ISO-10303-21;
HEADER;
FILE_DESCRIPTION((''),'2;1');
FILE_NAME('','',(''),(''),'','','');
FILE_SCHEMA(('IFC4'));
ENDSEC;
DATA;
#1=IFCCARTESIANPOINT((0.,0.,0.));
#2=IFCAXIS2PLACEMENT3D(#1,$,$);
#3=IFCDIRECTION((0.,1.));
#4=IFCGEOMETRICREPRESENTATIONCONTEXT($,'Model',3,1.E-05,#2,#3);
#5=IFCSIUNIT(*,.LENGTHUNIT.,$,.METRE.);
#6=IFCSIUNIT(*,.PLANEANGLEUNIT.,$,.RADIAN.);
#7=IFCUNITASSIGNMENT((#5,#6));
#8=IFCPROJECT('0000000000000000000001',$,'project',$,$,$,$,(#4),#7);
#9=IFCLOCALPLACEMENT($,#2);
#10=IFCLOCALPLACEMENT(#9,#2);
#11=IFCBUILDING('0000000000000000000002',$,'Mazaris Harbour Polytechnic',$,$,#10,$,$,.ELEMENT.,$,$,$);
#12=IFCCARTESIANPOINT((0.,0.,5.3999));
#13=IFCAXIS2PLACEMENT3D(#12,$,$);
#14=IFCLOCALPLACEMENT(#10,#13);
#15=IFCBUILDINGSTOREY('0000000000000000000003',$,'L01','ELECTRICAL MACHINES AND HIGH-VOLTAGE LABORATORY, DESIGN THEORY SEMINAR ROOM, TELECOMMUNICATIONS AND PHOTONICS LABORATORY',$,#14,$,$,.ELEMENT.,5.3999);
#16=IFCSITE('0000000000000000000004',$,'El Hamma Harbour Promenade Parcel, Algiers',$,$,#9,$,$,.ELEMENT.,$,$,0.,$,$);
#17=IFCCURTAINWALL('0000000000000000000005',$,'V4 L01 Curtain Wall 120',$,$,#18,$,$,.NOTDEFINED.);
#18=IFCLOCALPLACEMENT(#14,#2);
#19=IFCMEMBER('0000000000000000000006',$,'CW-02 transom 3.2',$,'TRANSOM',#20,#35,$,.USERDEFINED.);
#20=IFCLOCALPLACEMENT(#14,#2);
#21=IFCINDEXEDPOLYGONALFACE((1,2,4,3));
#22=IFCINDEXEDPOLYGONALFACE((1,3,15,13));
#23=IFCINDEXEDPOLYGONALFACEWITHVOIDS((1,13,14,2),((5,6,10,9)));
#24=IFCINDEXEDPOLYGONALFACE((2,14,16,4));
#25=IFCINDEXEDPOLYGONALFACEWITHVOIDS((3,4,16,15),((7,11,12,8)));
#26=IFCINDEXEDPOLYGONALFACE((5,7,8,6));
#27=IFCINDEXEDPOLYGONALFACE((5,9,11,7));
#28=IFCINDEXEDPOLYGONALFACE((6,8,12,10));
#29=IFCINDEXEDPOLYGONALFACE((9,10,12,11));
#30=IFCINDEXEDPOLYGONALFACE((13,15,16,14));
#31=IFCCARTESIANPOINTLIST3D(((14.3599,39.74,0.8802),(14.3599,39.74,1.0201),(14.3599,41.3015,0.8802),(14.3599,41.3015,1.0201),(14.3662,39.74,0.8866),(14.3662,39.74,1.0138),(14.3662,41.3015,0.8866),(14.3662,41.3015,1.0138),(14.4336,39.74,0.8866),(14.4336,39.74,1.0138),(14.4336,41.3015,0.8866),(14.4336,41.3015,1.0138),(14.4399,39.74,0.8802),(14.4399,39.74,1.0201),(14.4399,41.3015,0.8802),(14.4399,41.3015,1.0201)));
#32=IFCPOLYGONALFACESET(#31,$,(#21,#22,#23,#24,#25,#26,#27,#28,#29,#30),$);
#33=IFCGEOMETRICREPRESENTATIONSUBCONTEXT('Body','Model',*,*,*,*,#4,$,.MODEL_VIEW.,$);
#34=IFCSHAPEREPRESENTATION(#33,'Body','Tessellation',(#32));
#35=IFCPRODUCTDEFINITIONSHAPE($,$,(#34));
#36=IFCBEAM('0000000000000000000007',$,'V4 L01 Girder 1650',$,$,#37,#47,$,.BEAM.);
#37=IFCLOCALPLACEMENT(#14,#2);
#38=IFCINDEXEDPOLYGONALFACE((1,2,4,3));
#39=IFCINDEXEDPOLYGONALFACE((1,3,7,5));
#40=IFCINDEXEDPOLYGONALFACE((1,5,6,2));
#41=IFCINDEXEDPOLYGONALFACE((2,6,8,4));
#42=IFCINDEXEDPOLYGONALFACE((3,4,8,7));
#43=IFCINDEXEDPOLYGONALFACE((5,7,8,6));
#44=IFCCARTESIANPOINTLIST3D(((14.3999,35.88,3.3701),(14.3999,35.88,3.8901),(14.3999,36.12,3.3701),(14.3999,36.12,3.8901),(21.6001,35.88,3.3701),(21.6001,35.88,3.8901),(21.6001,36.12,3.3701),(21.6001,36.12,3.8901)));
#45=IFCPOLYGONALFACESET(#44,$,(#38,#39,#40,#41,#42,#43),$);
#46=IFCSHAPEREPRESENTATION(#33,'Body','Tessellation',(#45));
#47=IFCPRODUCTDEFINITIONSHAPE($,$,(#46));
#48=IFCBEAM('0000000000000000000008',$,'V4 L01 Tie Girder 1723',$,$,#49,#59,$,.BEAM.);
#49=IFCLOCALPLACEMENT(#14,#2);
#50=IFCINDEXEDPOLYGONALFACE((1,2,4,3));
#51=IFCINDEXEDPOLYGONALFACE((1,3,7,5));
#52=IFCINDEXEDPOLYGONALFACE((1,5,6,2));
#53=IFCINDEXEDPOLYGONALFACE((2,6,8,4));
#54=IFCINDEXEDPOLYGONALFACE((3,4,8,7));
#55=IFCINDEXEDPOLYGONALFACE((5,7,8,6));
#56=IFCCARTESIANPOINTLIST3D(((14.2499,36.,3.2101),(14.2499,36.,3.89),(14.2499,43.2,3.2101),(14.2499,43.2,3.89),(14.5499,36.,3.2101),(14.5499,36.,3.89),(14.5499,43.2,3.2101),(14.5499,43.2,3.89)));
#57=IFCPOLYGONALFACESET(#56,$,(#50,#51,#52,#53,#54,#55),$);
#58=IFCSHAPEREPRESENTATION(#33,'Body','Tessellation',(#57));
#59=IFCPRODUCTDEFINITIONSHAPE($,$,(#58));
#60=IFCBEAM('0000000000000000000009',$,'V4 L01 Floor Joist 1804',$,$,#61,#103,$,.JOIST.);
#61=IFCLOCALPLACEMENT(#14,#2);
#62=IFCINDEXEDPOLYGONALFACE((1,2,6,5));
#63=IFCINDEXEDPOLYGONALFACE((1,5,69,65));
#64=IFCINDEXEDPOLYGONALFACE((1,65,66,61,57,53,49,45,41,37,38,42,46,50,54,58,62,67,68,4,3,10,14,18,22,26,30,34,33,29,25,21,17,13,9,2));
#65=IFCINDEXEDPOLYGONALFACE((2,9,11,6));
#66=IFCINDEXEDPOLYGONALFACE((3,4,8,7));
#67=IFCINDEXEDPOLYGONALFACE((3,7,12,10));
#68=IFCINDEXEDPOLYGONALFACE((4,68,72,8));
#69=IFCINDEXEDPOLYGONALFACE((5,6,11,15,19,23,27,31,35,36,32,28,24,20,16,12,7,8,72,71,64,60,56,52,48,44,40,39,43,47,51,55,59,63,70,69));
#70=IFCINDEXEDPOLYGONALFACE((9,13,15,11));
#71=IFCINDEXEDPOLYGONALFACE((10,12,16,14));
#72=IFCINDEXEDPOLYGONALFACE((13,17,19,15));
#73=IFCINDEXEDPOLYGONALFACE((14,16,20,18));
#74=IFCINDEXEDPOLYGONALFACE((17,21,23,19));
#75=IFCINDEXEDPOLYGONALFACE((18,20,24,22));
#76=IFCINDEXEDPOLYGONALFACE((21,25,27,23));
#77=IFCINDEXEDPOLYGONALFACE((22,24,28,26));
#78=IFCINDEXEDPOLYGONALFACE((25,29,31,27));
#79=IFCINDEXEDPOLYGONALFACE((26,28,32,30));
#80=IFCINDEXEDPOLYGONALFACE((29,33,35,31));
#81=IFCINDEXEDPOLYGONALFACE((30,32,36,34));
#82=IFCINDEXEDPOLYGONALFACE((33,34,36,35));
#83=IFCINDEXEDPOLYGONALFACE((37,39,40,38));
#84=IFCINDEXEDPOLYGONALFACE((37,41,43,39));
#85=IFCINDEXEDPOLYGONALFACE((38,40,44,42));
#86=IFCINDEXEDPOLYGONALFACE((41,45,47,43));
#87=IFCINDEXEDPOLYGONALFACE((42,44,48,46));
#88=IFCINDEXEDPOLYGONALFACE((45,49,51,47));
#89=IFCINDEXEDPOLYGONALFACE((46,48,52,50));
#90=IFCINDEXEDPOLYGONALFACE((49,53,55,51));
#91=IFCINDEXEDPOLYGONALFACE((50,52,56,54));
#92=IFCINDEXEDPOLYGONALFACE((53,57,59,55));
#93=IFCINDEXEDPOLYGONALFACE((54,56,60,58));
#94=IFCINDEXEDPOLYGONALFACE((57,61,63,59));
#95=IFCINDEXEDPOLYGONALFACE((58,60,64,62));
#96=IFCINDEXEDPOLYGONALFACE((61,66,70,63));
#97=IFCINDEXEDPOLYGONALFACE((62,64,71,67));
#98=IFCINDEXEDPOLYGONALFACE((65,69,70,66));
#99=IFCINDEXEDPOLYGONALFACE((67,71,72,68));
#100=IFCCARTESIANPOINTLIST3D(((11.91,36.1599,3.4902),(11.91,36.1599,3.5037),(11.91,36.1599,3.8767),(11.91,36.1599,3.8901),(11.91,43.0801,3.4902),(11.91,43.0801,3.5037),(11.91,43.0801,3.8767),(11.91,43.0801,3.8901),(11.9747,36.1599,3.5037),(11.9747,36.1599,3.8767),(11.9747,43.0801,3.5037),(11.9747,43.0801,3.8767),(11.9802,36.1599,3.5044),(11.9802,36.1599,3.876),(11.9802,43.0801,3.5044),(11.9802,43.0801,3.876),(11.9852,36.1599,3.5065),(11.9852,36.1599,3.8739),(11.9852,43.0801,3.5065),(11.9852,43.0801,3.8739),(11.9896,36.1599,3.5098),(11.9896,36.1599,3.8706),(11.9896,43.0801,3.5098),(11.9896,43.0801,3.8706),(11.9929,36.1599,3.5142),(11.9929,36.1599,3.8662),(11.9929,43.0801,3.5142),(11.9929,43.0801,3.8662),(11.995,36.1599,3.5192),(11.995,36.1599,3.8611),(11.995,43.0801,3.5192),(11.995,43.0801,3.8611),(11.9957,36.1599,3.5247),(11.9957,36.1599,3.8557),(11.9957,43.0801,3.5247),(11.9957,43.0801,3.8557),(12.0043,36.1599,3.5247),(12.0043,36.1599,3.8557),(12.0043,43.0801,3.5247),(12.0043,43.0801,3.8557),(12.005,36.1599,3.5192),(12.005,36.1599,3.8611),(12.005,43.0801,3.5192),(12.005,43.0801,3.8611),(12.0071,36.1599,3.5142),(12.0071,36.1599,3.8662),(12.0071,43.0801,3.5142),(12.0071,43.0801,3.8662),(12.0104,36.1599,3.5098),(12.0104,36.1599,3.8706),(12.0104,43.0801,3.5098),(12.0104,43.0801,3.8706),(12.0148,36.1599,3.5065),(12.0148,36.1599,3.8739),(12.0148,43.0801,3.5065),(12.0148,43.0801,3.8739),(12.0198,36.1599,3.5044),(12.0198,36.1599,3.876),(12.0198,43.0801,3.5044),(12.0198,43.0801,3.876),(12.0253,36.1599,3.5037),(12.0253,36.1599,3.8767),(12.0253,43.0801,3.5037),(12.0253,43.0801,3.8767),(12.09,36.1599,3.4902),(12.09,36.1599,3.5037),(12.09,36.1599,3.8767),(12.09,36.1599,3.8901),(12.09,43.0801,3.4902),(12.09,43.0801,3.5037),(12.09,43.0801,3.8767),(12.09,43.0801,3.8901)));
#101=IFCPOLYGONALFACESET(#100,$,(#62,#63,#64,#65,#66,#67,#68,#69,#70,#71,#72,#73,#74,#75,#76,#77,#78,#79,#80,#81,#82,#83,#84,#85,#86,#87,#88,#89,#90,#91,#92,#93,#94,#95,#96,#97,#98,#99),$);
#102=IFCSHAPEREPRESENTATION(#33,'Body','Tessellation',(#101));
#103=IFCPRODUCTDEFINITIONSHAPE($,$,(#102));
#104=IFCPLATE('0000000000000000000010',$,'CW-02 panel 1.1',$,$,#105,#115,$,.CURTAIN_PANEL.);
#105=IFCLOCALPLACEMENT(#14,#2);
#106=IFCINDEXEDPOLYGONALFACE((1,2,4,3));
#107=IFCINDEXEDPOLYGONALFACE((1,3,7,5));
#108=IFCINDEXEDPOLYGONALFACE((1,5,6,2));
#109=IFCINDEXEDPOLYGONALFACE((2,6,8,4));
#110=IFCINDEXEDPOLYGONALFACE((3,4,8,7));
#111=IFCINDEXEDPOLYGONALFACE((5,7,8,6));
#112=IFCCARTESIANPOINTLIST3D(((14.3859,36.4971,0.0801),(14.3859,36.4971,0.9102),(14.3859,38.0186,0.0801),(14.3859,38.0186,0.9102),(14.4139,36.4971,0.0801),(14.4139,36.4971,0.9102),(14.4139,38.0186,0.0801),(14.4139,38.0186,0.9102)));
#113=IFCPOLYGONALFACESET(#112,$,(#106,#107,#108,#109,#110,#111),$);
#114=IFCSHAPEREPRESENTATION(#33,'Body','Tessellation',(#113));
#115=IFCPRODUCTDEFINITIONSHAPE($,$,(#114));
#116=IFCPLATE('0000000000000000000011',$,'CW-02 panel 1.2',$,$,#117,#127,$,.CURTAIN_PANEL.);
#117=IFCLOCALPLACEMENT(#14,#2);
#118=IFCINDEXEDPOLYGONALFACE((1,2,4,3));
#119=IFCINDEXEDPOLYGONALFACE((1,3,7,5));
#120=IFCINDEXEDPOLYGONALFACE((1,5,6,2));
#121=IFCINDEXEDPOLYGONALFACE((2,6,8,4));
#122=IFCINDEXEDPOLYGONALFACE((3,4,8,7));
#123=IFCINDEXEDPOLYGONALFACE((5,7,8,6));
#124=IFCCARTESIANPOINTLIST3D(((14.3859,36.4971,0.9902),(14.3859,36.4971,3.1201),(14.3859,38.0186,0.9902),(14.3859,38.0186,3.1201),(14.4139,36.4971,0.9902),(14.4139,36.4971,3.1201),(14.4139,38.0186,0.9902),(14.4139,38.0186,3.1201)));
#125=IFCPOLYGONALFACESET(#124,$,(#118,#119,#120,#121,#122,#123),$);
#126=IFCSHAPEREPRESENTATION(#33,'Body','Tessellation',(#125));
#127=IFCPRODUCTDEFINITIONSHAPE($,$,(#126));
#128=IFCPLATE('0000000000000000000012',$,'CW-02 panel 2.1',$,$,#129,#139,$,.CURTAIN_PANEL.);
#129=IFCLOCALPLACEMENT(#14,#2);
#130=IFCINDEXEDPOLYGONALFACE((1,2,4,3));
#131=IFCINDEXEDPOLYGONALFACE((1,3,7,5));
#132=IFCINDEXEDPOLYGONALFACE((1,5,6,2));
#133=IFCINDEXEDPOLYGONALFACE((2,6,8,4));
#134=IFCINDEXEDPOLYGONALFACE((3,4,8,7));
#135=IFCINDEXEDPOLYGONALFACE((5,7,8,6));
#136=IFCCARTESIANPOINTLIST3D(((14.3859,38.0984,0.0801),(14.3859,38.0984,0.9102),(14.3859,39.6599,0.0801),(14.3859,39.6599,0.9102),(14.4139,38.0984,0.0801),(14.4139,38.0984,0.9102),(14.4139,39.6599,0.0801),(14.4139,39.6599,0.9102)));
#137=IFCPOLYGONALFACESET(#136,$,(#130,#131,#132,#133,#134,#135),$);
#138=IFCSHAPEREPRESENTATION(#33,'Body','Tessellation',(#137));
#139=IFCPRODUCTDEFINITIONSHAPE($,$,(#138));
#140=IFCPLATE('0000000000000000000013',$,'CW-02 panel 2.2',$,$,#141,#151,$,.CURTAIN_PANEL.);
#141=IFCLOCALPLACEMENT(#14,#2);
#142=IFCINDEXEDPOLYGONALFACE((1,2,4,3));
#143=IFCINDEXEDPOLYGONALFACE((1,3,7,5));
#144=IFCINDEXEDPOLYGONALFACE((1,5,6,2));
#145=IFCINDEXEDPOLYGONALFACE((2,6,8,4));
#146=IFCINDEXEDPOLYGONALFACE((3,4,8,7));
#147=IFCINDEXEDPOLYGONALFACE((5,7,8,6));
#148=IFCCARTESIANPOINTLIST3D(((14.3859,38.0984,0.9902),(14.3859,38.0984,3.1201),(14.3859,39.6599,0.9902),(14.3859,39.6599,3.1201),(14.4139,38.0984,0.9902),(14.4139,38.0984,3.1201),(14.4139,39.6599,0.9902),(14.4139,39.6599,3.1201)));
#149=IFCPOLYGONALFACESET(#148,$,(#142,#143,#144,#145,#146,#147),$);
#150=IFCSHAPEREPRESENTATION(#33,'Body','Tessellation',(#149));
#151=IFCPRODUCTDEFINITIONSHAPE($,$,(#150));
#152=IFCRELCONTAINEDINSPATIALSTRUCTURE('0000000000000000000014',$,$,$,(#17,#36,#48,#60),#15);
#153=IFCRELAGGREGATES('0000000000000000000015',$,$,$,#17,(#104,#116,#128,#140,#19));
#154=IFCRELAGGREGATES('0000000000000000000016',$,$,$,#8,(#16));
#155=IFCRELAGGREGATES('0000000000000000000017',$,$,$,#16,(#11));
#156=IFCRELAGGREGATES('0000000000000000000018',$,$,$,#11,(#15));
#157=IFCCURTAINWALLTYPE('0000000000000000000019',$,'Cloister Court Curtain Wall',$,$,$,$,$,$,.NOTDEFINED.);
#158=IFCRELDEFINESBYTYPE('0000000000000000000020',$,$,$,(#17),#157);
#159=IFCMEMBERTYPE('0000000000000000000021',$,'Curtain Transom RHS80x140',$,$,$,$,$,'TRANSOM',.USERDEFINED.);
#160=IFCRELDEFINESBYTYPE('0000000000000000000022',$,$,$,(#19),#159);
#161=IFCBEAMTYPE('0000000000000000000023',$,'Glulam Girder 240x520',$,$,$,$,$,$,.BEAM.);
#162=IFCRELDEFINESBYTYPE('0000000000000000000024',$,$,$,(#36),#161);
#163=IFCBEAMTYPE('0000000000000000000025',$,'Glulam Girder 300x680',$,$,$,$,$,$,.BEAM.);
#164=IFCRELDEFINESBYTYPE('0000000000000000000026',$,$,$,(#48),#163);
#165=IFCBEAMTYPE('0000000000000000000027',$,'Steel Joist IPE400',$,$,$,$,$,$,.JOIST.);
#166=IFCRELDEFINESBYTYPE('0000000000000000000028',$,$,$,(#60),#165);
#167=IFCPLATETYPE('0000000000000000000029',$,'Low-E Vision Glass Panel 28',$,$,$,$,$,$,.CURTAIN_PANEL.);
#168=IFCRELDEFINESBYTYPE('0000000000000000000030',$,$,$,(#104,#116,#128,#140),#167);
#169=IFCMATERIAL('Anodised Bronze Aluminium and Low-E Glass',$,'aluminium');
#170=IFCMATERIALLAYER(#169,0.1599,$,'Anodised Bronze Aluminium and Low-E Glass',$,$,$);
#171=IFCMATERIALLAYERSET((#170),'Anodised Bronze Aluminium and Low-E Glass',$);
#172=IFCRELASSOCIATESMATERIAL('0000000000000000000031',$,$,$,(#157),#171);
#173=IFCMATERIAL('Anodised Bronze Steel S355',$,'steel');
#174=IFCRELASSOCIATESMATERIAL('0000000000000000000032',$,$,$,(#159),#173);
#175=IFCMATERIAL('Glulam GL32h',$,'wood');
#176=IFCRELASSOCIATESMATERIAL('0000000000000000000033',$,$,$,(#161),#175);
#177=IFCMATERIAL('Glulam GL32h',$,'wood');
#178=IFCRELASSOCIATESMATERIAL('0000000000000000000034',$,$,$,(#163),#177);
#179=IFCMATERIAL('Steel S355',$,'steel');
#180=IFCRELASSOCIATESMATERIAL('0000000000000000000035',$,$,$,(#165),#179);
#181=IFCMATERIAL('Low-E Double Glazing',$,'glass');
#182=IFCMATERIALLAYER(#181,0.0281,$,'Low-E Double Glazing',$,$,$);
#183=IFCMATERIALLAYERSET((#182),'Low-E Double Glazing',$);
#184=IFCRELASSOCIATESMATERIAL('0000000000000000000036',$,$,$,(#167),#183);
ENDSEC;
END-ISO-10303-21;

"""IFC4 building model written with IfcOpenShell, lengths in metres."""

from ifc_helpers import new_model, si_unit, direction, frame, origin, origin_2d, place, context, subcontext, project, spatial, rectangle, hollow_rectangle, i_section, extrude, material, layer, layer_set, material_profile, profile_set, type_object, element, aggregate, save


model = new_model("IFC4")

# Units and contexts
model_context = context("Model", 3, precision=1e-05, world=origin(), true_north=direction((0.0, 1.0)))
body_context = subcontext(model_context, "Body", "Model", "MODEL_VIEW")
ifc_project = project(units=[si_unit("LENGTHUNIT", "METRE"), si_unit("PLANEANGLEUNIT", "RADIAN")], contexts=[model_context])

# Site, building, storey
site_placement = place(None, origin())
site = spatial("IfcSite", under=ifc_project, at=site_placement, Name="El Hamma Harbour Promenade Parcel, Algiers", CompositionType="ELEMENT", RefElevation=0.0)
building_placement = place(site_placement, origin())
building = spatial("IfcBuilding", under=site, at=building_placement, Name="Mazaris Harbour Polytechnic", CompositionType="ELEMENT")
storey_placement = place(building_placement, frame((0.0, 0.0, 5.3999)))
storey = spatial("IfcBuildingStorey", under=building, at=storey_placement, Name="L01", Description="ELECTRICAL MACHINES AND HIGH-VOLTAGE LABORATORY, DESIGN THEORY SEMINAR ROOM, TELECOMMUNICATIONS AND PHOTONICS LABORATORY", CompositionType="ELEMENT", Elevation=5.3999)

# Curtain wall, member
ifc_material_1 = material(Name="Anodised Bronze Aluminium and Low-E Glass", Category="aluminium")
ifc_layer_1 = layer(ifc_material_1, 0.1599, Name="Anodised Bronze Aluminium and Low-E Glass")
ifc_layer_set_1 = layer_set([ifc_layer_1], Name="Anodised Bronze Aluminium and Low-E Glass")
curtain_wall_type = type_object("IfcCurtainWallType", Name="Cloister Court Curtain Wall", PredefinedType="NOTDEFINED", material=ifc_layer_set_1)
curtain_wall_placement = place(storey_placement, origin())
curtain_wall = element("IfcCurtainWall", 1, at=curtain_wall_placement, inside=storey, type_object=curtain_wall_type, Name="V4 L01 Curtain Wall 120", PredefinedType="NOTDEFINED")
ifc_material_2 = material(Name="Anodised Bronze Steel S355", Category="steel")
ifc_material_profile_1 = material_profile(ifc_material_2, hollow_rectangle(XDim=0.0801, YDim=0.1399, WallThickness=0.0063, at=origin_2d()), Name="RHS 80x140x6.3")
ifc_profile_set_1 = profile_set([ifc_material_profile_1], Name="Anodised Bronze Steel S355")
member_type_1 = type_object("IfcMemberType", Name="Curtain Transom RHS80x140", ElementType="TRANSOM", PredefinedType="USERDEFINED", material=ifc_profile_set_1)
member_1_placement = place(storey_placement, frame((14.3999, 39.74, 0.9502), z_axis=(0.0, 1.0, 0.0), x_axis=(-1.0, 0.0, 0.0)))
member_1 = element("IfcMember", 2, at=member_1_placement, type_object=member_type_1, Name="CW-02 transom 3.2", ObjectType="TRANSOM", PredefinedType="USERDEFINED", context=body_context, shape_type="SweptSolid", body=[
    extrude(hollow_rectangle(XDim=0.0801, YDim=0.1399, WallThickness=0.0063, at=origin_2d()), origin(), (0.0, 0.0, 1.0), 1.5615),
])

# Beams
ifc_material_3 = material(Name="Glulam GL32h", Category="wood")
ifc_material_profile_2 = material_profile(ifc_material_3, rectangle(XDim=0.24, YDim=0.52, at=origin_2d()), Name="RECT240x520")
ifc_profile_set_2 = profile_set([ifc_material_profile_2], Name="Glulam GL32h")
beam_type_1 = type_object("IfcBeamType", Name="Glulam Girder 240x520", PredefinedType="BEAM", material=ifc_profile_set_2)
beam_1_placement = place(storey_placement, frame((14.3999, 36.0, 3.6301), z_axis=(1.0, 0.0, 0.0), x_axis=(0.0, 1.0, 0.0)))
element("IfcBeam", 3, at=beam_1_placement, inside=storey, type_object=beam_type_1, Name="V4 L01 Girder 1650", PredefinedType="BEAM", context=body_context, shape_type="SweptSolid", body=[
    extrude(rectangle(XDim=0.24, YDim=0.52, at=origin_2d()), origin(), (0.0, 0.0, 1.0), 7.2002),
])
ifc_material_4 = material(Name="Glulam GL32h", Category="wood")
ifc_material_profile_3 = material_profile(ifc_material_4, rectangle(XDim=0.3, YDim=0.6799, at=origin_2d()), Name="RECT300x680")
ifc_profile_set_3 = profile_set([ifc_material_profile_3], Name="Glulam GL32h")
beam_type_2 = type_object("IfcBeamType", Name="Glulam Girder 300x680", PredefinedType="BEAM", material=ifc_profile_set_3)
beam_2_placement = place(storey_placement, frame((14.3999, 36.0, 3.55), z_axis=(0.0, 1.0, 0.0), x_axis=(-1.0, 0.0, 0.0)))
element("IfcBeam", 4, at=beam_2_placement, inside=storey, type_object=beam_type_2, Name="V4 L01 Tie Girder 1723", PredefinedType="BEAM", context=body_context, shape_type="SweptSolid", body=[
    extrude(rectangle(XDim=0.3, YDim=0.6799, at=origin_2d()), origin(), (0.0, 0.0, 1.0), 7.2),
])
ifc_material_5 = material(Name="Steel S355", Category="steel")
ifc_material_profile_4 = material_profile(ifc_material_5, i_section(OverallWidth=0.1799, OverallDepth=0.3999, WebThickness=0.0085, FlangeThickness=0.0134, FilletRadius=0.021, at=origin_2d()), Name="IPE 400")
ifc_profile_set_4 = profile_set([ifc_material_profile_4], Name="Steel S355")
beam_type_3 = type_object("IfcBeamType", Name="Steel Joist IPE400", PredefinedType="JOIST", material=ifc_profile_set_4)
beam_3_placement = place(storey_placement, frame((12.0, 36.1599, 3.6902), z_axis=(0.0, 1.0, 0.0), x_axis=(-1.0, 0.0, 0.0)))
element("IfcBeam", 5, at=beam_3_placement, inside=storey, type_object=beam_type_3, Name="V4 L01 Floor Joist 1804", PredefinedType="JOIST", context=body_context, shape_type="SweptSolid", body=[
    extrude(i_section(OverallWidth=0.1799, OverallDepth=0.3999, WebThickness=0.0085, FlangeThickness=0.0134, FilletRadius=0.021, at=origin_2d()), origin(), (0.0, 0.0, 1.0), 6.9202),
])

# Plates
ifc_material_6 = material(Name="Low-E Double Glazing", Category="glass")
ifc_layer_2 = layer(ifc_material_6, 0.0281, Name="Low-E Double Glazing")
ifc_layer_set_2 = layer_set([ifc_layer_2], Name="Low-E Double Glazing")
plate_type = type_object("IfcPlateType", Name="Low-E Vision Glass Panel 28", PredefinedType="CURTAIN_PANEL", material=ifc_layer_set_2)
plate_1_placement = place(storey_placement, frame((14.3999, 37.2578, 0.0801), z_axis=(0.0, 0.0, 1.0), x_axis=(0.0, 1.0, 0.0)))
plate_1 = element("IfcPlate", 6, at=plate_1_placement, type_object=plate_type, Name="CW-02 panel 1.1", PredefinedType="CURTAIN_PANEL", context=body_context, shape_type="SweptSolid", body=[
    extrude(rectangle(XDim=1.5215, YDim=0.0281, at=origin_2d()), origin(), (0.0, 0.0, 1.0), 0.8301),
])
plate_2_placement = place(storey_placement, frame((14.3999, 37.2578, 0.9902), z_axis=(0.0, 0.0, 1.0), x_axis=(0.0, 1.0, 0.0)))
plate_2 = element("IfcPlate", 7, at=plate_2_placement, type_object=plate_type, Name="CW-02 panel 1.2", PredefinedType="CURTAIN_PANEL", context=body_context, shape_type="SweptSolid", body=[
    extrude(rectangle(XDim=1.5215, YDim=0.0281, at=origin_2d()), origin(), (0.0, 0.0, 1.0), 2.1299),
])
plate_3_placement = place(storey_placement, frame((14.3999, 38.8792, 0.0801), z_axis=(0.0, 0.0, 1.0), x_axis=(0.0, 1.0, 0.0)))
plate_3 = element("IfcPlate", 8, at=plate_3_placement, type_object=plate_type, Name="CW-02 panel 2.1", PredefinedType="CURTAIN_PANEL", context=body_context, shape_type="SweptSolid", body=[
    extrude(rectangle(XDim=1.5615, YDim=0.0281, at=origin_2d()), origin(), (0.0, 0.0, 1.0), 0.8301),
])
plate_4_placement = place(storey_placement, frame((14.3999, 38.8792, 0.9902), z_axis=(0.0, 0.0, 1.0), x_axis=(0.0, 1.0, 0.0)))
plate_4 = element("IfcPlate", 9, at=plate_4_placement, type_object=plate_type, Name="CW-02 panel 2.2", PredefinedType="CURTAIN_PANEL", context=body_context, shape_type="SweptSolid", body=[
    extrude(rectangle(XDim=1.5615, YDim=0.0281, at=origin_2d()), origin(), (0.0, 0.0, 1.0), 2.1299),
])
aggregate(curtain_wall, [plate_1, plate_2, plate_3, plate_4, member_1])

save(model, "model.ifc")
